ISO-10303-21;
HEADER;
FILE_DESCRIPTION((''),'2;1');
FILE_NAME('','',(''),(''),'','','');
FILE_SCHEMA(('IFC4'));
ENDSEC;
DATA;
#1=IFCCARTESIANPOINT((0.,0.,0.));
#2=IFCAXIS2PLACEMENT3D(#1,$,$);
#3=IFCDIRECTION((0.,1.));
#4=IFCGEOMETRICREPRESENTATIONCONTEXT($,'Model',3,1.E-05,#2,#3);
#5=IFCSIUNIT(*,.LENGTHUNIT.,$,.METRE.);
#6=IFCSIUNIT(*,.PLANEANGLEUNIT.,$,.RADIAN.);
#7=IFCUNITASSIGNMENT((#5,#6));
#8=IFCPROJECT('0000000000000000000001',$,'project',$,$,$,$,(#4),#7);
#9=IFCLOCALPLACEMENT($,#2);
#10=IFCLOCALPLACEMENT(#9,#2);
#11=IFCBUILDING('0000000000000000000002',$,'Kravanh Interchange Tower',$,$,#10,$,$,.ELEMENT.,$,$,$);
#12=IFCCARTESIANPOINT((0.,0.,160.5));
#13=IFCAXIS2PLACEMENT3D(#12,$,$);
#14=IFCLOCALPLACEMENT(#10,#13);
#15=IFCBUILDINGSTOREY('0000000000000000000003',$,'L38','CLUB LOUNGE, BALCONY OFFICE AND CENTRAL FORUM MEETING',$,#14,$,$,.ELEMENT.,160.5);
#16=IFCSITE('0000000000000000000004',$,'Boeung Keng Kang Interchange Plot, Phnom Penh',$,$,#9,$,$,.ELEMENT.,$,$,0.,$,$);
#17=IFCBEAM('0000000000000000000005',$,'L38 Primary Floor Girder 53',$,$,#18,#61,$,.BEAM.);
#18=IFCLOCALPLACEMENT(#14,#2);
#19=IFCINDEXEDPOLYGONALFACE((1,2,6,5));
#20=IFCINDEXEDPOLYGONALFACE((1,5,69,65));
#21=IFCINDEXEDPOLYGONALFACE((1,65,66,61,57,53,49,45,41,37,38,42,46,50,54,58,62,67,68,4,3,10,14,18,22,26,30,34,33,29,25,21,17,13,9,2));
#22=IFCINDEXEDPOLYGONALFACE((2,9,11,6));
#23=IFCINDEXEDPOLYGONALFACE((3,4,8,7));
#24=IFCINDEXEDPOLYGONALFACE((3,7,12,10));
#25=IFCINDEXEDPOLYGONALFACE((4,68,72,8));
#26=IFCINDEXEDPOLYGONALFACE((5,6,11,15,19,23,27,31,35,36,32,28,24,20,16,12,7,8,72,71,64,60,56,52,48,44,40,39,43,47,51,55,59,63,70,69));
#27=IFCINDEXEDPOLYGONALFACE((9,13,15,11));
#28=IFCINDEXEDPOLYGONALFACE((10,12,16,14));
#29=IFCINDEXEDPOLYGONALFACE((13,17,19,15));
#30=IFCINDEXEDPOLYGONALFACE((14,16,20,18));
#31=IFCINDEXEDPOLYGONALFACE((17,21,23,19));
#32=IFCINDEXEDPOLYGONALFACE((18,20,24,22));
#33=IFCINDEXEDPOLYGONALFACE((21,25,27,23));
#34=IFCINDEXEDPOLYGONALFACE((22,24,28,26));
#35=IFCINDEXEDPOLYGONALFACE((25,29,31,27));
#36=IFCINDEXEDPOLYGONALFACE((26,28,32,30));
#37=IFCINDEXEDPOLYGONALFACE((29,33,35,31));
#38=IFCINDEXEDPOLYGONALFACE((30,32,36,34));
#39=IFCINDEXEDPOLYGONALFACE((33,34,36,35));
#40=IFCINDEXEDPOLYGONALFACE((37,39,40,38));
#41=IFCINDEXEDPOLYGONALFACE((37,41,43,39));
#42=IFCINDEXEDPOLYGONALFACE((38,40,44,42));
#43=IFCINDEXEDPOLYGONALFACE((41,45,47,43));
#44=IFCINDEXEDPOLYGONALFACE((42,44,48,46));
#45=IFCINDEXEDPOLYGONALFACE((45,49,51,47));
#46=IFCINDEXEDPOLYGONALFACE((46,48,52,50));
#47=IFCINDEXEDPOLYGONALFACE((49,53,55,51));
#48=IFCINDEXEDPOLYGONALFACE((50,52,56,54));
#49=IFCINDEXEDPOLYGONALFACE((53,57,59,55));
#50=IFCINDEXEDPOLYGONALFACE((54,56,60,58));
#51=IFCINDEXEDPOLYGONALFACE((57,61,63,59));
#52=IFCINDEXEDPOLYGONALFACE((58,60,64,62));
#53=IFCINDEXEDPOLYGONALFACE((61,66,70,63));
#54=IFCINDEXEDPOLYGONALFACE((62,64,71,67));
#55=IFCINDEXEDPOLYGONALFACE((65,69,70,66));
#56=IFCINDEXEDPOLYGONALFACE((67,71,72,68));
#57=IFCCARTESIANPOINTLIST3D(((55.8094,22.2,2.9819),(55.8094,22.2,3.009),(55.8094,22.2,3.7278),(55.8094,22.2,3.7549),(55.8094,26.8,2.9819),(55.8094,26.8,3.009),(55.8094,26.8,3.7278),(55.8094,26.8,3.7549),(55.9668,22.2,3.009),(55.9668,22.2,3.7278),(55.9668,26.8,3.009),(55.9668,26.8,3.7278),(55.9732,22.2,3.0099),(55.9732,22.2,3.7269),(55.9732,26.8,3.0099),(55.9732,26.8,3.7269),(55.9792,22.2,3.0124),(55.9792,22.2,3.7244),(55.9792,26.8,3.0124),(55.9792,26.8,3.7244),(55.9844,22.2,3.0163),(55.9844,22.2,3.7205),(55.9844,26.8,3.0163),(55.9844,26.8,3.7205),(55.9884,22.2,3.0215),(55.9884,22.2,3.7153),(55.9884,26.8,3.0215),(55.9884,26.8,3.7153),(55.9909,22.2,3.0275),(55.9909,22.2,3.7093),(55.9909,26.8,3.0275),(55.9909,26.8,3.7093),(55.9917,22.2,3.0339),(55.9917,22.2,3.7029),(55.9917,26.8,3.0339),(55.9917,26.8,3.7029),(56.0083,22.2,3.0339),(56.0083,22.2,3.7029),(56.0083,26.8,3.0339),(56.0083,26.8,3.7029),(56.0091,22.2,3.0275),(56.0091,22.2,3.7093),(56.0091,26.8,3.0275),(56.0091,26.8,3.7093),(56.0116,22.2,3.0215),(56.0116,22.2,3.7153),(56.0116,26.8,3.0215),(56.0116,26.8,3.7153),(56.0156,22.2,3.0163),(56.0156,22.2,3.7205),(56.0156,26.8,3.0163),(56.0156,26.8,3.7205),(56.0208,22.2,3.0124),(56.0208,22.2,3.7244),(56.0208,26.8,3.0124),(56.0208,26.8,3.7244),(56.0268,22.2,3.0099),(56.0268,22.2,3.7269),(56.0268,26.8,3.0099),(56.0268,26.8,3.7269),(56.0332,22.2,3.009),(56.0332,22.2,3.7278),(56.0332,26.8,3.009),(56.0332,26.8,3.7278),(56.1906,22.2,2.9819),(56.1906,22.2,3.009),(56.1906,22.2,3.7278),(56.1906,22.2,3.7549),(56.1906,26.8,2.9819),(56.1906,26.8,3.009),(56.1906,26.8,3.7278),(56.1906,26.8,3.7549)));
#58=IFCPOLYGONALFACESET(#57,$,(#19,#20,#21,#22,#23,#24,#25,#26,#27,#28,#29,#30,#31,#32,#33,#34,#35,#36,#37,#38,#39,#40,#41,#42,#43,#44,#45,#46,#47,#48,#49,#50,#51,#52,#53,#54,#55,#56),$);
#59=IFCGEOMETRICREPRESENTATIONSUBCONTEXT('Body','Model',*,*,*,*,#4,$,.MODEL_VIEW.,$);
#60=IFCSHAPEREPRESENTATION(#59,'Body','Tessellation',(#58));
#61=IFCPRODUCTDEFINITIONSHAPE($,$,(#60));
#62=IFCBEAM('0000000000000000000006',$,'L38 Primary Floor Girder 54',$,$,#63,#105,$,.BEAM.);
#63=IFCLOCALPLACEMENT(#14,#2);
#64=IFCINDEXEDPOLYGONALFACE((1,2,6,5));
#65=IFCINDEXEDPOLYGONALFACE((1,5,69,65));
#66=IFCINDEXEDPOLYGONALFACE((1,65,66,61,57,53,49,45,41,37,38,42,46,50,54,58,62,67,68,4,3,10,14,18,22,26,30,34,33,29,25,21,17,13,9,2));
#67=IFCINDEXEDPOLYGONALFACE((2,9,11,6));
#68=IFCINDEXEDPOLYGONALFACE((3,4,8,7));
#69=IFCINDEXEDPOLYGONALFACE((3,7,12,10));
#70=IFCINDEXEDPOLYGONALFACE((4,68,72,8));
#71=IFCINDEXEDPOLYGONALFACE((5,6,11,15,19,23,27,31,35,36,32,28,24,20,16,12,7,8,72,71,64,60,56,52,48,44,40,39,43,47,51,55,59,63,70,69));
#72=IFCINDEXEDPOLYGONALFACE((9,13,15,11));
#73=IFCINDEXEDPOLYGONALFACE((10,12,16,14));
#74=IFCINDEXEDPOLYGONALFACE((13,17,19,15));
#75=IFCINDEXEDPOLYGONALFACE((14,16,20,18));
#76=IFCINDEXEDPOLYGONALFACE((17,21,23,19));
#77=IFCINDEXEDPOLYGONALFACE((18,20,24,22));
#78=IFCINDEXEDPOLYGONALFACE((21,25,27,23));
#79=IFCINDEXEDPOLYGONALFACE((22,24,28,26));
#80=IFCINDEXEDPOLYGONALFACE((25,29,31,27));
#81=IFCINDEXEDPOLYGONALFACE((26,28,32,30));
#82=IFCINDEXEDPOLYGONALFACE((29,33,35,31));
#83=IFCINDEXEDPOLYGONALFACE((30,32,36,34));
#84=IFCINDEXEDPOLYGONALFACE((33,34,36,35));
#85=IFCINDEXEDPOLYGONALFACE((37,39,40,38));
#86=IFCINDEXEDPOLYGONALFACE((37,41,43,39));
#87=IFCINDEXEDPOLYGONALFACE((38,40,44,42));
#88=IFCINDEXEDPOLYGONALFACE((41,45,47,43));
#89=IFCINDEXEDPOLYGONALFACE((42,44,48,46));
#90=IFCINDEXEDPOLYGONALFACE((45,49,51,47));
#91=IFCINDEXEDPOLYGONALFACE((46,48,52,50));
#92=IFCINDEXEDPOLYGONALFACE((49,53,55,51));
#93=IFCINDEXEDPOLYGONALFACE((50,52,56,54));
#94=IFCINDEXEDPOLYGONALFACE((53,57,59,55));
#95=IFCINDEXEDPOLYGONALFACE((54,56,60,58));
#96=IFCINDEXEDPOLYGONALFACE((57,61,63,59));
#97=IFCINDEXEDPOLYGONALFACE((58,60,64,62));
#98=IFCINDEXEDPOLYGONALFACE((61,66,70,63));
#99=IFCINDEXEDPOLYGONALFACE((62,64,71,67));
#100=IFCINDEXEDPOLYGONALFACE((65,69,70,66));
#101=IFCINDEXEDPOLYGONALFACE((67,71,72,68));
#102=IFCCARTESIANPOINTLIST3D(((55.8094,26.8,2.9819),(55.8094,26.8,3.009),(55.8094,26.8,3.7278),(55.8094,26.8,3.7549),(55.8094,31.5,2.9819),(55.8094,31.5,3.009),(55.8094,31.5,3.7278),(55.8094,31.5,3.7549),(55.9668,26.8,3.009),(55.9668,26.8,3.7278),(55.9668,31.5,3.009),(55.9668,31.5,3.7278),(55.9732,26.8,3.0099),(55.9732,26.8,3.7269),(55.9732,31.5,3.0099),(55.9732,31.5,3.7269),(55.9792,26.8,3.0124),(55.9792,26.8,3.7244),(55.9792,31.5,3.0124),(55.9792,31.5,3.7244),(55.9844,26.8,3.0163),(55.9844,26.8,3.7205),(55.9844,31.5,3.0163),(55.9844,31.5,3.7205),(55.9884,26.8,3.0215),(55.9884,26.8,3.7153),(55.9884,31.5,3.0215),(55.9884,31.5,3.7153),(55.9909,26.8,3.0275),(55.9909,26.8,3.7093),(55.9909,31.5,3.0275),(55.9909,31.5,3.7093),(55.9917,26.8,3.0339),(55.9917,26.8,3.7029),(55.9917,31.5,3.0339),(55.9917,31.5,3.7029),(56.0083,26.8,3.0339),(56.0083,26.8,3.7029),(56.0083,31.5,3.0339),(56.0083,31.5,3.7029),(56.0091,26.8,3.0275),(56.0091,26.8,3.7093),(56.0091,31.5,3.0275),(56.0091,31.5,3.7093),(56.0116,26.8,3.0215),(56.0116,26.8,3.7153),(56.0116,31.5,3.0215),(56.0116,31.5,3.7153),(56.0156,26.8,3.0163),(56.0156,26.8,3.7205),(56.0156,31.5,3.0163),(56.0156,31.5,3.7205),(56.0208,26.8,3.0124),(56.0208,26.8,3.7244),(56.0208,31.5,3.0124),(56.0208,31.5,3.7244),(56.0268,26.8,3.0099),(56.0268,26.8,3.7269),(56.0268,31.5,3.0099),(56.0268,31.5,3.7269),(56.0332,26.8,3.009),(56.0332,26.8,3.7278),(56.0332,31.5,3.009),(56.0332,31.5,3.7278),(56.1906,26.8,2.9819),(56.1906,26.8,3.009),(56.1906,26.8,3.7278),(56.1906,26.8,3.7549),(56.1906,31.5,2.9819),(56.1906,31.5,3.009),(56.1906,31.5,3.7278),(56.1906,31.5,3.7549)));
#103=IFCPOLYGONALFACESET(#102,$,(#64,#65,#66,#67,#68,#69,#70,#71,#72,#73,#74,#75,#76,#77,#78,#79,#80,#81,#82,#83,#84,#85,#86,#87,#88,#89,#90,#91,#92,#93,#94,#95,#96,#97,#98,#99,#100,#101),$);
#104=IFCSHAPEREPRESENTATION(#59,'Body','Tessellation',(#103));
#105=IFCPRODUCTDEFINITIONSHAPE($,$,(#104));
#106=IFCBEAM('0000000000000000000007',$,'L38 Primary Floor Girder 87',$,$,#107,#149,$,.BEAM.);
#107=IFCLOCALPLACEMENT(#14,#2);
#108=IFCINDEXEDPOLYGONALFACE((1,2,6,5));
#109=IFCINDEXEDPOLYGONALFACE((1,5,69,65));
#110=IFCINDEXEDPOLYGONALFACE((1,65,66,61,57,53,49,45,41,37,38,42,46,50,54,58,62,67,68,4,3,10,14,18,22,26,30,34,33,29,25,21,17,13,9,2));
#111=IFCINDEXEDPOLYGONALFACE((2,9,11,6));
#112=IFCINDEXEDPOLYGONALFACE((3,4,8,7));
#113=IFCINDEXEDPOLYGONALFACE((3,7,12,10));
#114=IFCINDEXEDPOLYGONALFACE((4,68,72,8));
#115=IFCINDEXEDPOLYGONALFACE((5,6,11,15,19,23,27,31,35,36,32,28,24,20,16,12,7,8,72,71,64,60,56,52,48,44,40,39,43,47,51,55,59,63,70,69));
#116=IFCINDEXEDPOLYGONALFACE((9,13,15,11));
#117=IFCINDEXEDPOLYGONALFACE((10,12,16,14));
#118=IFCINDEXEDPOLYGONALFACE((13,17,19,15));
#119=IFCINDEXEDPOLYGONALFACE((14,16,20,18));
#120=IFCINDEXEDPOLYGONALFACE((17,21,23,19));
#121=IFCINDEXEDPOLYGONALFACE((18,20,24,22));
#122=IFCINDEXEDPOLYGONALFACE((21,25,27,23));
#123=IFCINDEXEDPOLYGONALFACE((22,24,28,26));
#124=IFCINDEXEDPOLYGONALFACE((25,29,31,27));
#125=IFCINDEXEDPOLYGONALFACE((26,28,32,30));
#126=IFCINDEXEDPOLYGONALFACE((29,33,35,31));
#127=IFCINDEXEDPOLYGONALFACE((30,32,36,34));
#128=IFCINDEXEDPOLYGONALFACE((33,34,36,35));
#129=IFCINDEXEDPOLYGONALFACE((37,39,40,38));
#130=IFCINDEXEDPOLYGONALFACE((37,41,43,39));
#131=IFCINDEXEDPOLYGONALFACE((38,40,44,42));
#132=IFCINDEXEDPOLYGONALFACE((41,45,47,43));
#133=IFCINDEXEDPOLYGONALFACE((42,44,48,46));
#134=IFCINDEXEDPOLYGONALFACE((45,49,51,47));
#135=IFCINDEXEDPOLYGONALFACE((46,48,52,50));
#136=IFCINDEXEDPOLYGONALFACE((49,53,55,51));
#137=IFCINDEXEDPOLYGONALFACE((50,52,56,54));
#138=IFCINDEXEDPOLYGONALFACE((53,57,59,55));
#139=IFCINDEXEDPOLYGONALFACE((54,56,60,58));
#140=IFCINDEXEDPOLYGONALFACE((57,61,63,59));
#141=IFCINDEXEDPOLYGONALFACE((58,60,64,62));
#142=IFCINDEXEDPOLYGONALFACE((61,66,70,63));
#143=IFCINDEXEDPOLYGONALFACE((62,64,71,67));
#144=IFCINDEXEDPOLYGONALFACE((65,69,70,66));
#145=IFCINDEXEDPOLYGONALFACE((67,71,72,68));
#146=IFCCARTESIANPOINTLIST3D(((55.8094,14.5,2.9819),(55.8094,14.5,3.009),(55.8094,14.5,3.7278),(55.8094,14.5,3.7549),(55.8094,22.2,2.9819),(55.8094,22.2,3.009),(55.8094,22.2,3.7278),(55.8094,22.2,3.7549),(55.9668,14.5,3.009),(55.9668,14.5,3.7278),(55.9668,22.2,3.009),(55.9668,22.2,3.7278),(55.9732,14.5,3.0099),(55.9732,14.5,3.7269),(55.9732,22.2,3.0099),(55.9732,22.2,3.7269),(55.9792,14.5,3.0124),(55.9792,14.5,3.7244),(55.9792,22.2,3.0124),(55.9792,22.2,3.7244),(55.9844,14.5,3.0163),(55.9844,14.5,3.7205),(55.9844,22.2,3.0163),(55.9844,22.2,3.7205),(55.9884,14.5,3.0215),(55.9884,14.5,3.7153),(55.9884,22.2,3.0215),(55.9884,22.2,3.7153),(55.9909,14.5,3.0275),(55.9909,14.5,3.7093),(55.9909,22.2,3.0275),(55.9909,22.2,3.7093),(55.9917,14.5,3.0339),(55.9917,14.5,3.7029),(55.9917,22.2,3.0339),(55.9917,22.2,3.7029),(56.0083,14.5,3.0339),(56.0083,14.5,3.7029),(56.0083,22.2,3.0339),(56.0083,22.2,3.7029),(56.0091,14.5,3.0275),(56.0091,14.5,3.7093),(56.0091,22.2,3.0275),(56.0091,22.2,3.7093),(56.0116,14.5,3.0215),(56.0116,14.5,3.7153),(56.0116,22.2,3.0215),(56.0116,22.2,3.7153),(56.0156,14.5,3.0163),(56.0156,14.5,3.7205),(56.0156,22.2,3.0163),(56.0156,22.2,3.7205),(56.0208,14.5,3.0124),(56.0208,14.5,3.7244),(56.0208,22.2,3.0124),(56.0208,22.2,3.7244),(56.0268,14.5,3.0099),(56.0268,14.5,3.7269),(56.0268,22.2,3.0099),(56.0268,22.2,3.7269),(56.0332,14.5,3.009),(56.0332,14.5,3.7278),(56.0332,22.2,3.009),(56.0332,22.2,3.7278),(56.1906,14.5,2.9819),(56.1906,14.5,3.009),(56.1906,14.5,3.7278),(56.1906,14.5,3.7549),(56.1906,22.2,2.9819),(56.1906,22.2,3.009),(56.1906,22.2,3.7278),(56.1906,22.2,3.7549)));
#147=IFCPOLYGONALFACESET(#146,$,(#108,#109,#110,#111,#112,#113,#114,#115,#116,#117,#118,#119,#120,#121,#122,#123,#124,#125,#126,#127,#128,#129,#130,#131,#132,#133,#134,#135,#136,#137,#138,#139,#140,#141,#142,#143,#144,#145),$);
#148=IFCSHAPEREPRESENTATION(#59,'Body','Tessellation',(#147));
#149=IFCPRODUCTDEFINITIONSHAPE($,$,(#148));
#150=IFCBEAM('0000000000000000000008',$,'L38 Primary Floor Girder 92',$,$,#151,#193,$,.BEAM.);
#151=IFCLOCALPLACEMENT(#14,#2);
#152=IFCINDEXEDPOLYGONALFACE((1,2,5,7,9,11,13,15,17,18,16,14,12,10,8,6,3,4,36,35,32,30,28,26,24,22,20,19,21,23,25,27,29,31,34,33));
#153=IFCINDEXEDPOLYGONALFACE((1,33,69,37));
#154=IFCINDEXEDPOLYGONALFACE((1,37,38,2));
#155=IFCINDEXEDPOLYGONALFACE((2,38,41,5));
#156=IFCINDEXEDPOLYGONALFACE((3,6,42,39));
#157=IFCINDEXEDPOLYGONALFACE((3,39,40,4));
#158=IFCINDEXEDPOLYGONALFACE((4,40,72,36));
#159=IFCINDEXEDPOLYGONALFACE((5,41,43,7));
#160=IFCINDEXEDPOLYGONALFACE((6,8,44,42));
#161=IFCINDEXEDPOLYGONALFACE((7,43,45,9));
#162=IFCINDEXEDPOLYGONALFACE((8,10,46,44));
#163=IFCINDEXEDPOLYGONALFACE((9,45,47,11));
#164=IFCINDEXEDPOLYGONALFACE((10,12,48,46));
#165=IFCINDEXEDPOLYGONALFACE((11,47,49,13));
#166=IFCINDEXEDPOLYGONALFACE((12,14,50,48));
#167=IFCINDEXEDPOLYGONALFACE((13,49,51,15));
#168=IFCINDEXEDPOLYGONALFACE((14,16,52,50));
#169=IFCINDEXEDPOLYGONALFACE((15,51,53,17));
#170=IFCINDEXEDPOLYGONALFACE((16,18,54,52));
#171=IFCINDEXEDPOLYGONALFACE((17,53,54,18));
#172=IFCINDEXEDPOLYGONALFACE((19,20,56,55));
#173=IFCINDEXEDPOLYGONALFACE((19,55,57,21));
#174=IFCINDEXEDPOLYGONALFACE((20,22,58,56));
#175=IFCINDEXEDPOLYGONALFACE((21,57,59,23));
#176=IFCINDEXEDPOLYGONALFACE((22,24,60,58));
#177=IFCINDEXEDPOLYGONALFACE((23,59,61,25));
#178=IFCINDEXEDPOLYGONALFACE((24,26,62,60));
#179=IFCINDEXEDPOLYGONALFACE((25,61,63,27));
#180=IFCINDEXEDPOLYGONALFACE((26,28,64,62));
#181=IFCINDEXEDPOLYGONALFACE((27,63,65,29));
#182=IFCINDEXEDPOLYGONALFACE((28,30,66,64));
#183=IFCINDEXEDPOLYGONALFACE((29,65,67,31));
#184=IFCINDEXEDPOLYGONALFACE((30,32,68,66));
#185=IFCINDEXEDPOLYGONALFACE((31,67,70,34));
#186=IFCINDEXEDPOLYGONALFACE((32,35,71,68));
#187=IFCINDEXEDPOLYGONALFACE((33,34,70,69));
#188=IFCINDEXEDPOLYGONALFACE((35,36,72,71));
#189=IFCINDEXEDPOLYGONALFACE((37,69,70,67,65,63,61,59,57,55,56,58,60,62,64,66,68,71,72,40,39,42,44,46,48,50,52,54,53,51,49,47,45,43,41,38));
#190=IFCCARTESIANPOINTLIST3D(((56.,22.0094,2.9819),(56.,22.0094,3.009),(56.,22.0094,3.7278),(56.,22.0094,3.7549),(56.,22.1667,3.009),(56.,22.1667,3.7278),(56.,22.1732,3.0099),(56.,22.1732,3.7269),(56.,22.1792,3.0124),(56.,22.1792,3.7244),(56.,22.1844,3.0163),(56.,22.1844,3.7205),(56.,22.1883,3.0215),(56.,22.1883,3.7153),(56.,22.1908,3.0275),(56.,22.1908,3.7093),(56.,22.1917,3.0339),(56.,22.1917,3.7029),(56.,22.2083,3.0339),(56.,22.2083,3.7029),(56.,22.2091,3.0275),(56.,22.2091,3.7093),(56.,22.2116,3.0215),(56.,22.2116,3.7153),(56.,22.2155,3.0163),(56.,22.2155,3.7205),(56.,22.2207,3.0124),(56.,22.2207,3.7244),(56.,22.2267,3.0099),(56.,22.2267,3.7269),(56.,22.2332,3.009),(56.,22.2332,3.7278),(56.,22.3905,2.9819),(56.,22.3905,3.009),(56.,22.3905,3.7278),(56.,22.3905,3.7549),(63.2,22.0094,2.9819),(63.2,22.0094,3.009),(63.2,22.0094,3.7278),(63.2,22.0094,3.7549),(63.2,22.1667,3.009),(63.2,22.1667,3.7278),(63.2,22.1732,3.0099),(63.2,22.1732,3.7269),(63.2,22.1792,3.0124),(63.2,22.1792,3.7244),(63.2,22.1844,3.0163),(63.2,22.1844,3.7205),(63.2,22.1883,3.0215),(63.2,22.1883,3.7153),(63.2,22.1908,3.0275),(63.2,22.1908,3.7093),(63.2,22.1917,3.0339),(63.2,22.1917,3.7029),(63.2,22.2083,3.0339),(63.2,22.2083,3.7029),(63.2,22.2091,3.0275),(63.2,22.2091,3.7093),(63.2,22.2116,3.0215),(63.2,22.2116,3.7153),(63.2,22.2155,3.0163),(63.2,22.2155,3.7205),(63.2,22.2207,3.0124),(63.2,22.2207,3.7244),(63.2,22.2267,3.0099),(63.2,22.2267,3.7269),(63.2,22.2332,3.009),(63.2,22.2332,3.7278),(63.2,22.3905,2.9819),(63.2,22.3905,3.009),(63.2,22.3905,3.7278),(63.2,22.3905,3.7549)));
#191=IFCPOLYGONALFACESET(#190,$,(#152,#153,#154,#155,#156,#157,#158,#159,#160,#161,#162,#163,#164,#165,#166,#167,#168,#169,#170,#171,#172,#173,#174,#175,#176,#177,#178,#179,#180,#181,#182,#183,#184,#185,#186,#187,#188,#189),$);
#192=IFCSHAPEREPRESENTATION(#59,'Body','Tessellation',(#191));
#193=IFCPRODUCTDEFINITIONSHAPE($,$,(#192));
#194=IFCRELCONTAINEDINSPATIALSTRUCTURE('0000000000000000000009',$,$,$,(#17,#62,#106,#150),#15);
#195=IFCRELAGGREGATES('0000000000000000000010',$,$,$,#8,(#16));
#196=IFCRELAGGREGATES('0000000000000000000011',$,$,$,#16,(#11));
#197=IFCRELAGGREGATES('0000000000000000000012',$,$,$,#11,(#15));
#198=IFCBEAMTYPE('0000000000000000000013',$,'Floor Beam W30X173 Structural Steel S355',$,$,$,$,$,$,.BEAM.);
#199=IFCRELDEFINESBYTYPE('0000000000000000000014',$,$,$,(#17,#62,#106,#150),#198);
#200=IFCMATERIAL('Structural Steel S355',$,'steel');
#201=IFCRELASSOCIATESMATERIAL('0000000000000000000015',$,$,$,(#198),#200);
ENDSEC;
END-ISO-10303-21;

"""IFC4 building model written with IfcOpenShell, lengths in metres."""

from ifc_helpers import new_model, si_unit, direction, frame, origin, origin_2d, place, context, subcontext, project, spatial, i_section, extrude, material, material_profile, profile_set, type_object, element, save


model = new_model("IFC4")

# Units and contexts
model_context = context("Model", 3, precision=1e-05, world=origin(), true_north=direction((0.0, 1.0)))
body_context = subcontext(model_context, "Body", "Model", "MODEL_VIEW")
ifc_project = project(units=[si_unit("LENGTHUNIT", "METRE"), si_unit("PLANEANGLEUNIT", "RADIAN")], contexts=[model_context])

# Site, building, storey
site_placement = place(None, origin())
site = spatial("IfcSite", under=ifc_project, at=site_placement, Name="Boeung Keng Kang Interchange Plot, Phnom Penh", CompositionType="ELEMENT", RefElevation=0.0)
building_placement = place(site_placement, origin())
building = spatial("IfcBuilding", under=site, at=building_placement, Name="Kravanh Interchange Tower", CompositionType="ELEMENT")
storey_placement = place(building_placement, frame((0.0, 0.0, 160.5)))
storey = spatial("IfcBuildingStorey", under=building, at=storey_placement, Name="L38", Description="CLUB LOUNGE, BALCONY OFFICE AND CENTRAL FORUM MEETING", CompositionType="ELEMENT", Elevation=160.5)

# Beams
ifc_material_1 = material(Name="Structural Steel S355", Category="steel")
ifc_material_profile_1 = material_profile(ifc_material_1, i_section(OverallWidth=0.3811, OverallDepth=0.7729, WebThickness=0.0166, FlangeThickness=0.0271, FilletRadius=0.0249, at=origin_2d()), Name="W30X173")
ifc_profile_set_1 = profile_set([ifc_material_profile_1], Name="Structural Steel S355")
beam_type_1 = type_object("IfcBeamType", Name="Floor Beam W30X173 Structural Steel S355", PredefinedType="BEAM", material=ifc_profile_set_1)
beam_1_placement = place(storey_placement, frame((56.0, 26.8, 3.3684), z_axis=(0.0, -1.0, 0.0), x_axis=(1.0, 0.0, 0.0)))
element("IfcBeam", 1, at=beam_1_placement, inside=storey, type_object=beam_type_1, Name="L38 Primary Floor Girder 53", PredefinedType="BEAM", context=body_context, shape_type="SweptSolid", body=[
    extrude(i_section(OverallWidth=0.3811, OverallDepth=0.7729, WebThickness=0.0166, FlangeThickness=0.0271, FilletRadius=0.0249, at=origin_2d()), origin(), (0.0, 0.0, 1.0), 4.6001),
])
beam_2_placement = place(storey_placement, frame((56.0, 26.8, 3.3684), z_axis=(0.0, 1.0, 0.0), x_axis=(-1.0, 0.0, 0.0)))
element("IfcBeam", 2, at=beam_2_placement, inside=storey, type_object=beam_type_1, Name="L38 Primary Floor Girder 54", PredefinedType="BEAM", context=body_context, shape_type="SweptSolid", body=[
    extrude(i_section(OverallWidth=0.3811, OverallDepth=0.7729, WebThickness=0.0166, FlangeThickness=0.0271, FilletRadius=0.0249, at=origin_2d()), origin(), (0.0, 0.0, 1.0), 4.7),
])
beam_3_placement = place(storey_placement, frame((56.0, 14.5, 3.3684), z_axis=(0.0, 1.0, 0.0), x_axis=(-1.0, 0.0, 0.0)))
element("IfcBeam", 3, at=beam_3_placement, inside=storey, type_object=beam_type_1, Name="L38 Primary Floor Girder 87", PredefinedType="BEAM", context=body_context, shape_type="SweptSolid", body=[
    extrude(i_section(OverallWidth=0.3811, OverallDepth=0.7729, WebThickness=0.0166, FlangeThickness=0.0271, FilletRadius=0.0249, at=origin_2d()), origin(), (0.0, 0.0, 1.0), 7.7),
])
beam_4_placement = place(storey_placement, frame((56.0, 22.2, 3.3684), z_axis=(1.0, 0.0, 0.0), x_axis=(0.0, 1.0, 0.0)))
element("IfcBeam", 4, at=beam_4_placement, inside=storey, type_object=beam_type_1, Name="L38 Primary Floor Girder 92", PredefinedType="BEAM", context=body_context, shape_type="SweptSolid", body=[
    extrude(i_section(OverallWidth=0.3811, OverallDepth=0.7729, WebThickness=0.0166, FlangeThickness=0.0271, FilletRadius=0.0249, at=origin_2d()), origin(), (0.0, 0.0, 1.0), 7.2),
])

save(model, "model.ifc")
